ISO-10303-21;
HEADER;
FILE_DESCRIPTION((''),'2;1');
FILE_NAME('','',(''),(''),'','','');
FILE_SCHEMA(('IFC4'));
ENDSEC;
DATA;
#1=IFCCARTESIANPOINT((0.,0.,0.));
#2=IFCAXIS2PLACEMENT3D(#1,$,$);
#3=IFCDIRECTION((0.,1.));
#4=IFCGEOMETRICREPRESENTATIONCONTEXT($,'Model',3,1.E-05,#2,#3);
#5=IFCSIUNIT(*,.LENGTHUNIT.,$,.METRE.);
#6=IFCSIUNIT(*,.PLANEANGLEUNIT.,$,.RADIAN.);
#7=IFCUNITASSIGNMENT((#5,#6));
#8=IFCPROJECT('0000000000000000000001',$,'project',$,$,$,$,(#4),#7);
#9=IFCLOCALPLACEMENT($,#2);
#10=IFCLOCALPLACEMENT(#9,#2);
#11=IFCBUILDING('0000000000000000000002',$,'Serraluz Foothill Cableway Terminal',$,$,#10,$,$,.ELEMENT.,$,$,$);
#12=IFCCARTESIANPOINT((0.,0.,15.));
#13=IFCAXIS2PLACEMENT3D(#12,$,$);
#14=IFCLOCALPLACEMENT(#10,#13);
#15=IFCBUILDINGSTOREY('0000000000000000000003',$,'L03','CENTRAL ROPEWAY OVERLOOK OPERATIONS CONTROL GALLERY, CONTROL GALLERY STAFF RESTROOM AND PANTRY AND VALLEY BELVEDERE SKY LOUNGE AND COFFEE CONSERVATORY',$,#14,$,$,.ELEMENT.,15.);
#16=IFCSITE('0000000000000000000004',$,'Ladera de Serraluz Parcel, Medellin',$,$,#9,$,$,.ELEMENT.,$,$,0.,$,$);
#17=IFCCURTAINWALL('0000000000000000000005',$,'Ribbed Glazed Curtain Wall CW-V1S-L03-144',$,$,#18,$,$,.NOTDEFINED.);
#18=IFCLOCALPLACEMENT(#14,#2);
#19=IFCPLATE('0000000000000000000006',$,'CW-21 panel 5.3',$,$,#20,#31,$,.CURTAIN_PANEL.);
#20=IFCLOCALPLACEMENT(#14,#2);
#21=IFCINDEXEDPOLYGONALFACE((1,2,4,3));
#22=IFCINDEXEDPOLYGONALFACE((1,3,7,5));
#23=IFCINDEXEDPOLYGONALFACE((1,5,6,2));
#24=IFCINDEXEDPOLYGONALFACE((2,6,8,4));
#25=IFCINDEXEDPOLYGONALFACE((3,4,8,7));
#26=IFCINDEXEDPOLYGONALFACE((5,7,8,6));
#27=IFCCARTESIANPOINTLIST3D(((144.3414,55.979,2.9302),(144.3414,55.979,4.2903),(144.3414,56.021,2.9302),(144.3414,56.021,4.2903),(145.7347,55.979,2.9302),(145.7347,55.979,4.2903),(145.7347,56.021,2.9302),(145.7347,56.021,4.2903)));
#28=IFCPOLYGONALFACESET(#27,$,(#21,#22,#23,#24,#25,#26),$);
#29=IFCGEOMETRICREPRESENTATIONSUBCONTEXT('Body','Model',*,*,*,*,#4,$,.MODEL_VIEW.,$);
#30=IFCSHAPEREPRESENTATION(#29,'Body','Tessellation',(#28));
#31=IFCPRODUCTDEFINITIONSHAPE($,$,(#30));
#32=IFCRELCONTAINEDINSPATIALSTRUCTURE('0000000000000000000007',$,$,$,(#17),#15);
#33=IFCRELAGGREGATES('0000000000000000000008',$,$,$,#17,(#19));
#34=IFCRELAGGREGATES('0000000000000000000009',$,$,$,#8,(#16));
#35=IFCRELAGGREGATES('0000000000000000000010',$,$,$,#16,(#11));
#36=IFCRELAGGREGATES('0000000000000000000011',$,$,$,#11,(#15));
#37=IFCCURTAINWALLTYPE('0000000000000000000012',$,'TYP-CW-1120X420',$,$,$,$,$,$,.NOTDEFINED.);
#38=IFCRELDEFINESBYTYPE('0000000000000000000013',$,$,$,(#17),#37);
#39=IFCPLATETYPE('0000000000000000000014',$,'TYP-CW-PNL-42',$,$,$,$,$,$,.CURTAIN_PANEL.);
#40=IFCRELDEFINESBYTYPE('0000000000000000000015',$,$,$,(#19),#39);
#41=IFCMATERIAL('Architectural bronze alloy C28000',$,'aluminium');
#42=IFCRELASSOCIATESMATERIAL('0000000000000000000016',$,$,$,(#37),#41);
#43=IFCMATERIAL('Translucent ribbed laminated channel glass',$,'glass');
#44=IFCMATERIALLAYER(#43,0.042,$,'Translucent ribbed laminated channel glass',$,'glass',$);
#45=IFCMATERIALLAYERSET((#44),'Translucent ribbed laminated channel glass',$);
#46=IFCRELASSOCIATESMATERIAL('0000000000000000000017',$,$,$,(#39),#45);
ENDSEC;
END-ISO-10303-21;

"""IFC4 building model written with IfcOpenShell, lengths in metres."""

from ifc_helpers import new_model, si_unit, direction, frame, origin, origin_2d, place, context, subcontext, project, spatial, rectangle, extrude, material, layer, layer_set, type_object, element, aggregate, save


model = new_model("IFC4")

# Units and contexts
model_context = context("Model", 3, precision=1e-05, world=origin(), true_north=direction((0.0, 1.0)))
body_context = subcontext(model_context, "Body", "Model", "MODEL_VIEW")
ifc_project = project(units=[si_unit("LENGTHUNIT", "METRE"), si_unit("PLANEANGLEUNIT", "RADIAN")], contexts=[model_context])

# Site, building, storey
site_placement = place(None, origin())
site = spatial("IfcSite", under=ifc_project, at=site_placement, Name="Ladera de Serraluz Parcel, Medellin", CompositionType="ELEMENT", RefElevation=0.0)
building_placement = place(site_placement, origin())
building = spatial("IfcBuilding", under=site, at=building_placement, Name="Serraluz Foothill Cableway Terminal", CompositionType="ELEMENT")
storey_placement = place(building_placement, frame((0.0, 0.0, 15.0)))
storey = spatial("IfcBuildingStorey", under=building, at=storey_placement, Name="L03", Description="CENTRAL ROPEWAY OVERLOOK OPERATIONS CONTROL GALLERY, CONTROL GALLERY STAFF RESTROOM AND PANTRY AND VALLEY BELVEDERE SKY LOUNGE AND COFFEE CONSERVATORY", CompositionType="ELEMENT", Elevation=15.0)

# Curtain wall
ifc_material_1 = material(Name="Architectural bronze alloy C28000", Category="aluminium")
curtain_wall_type_1 = type_object("IfcCurtainWallType", Name="TYP-CW-1120X420", PredefinedType="NOTDEFINED", material=ifc_material_1)
curtain_wall_1_placement = place(storey_placement, origin())
curtain_wall_1 = element("IfcCurtainWall", 1, at=curtain_wall_1_placement, inside=storey, type_object=curtain_wall_type_1, Name="Ribbed Glazed Curtain Wall CW-V1S-L03-144", PredefinedType="NOTDEFINED")

# Plate
ifc_material_2 = material(Name="Translucent ribbed laminated channel glass", Category="glass")
ifc_layer = layer(ifc_material_2, 0.042, Name="Translucent ribbed laminated channel glass", Category="glass")
ifc_layer_set = layer_set([ifc_layer], Name="Translucent ribbed laminated channel glass")
plate_type = type_object("IfcPlateType", Name="TYP-CW-PNL-42", PredefinedType="CURTAIN_PANEL", material=ifc_layer_set)
plate_1_placement = place(storey_placement, frame((145.0381, 56.0, 2.9302), z_axis=(0.0, 0.0, 1.0), x_axis=(-1.0, 0.0, 0.0)))
plate_1 = element("IfcPlate", 2, at=plate_1_placement, type_object=plate_type, Name="CW-21 panel 5.3", PredefinedType="CURTAIN_PANEL", context=body_context, shape_type="SweptSolid", body=[
    extrude(rectangle(XDim=1.3933, YDim=0.042, at=origin_2d()), origin(), (0.0, 0.0, 1.0), 1.3601),
])
aggregate(curtain_wall_1, [plate_1])

save(model, "model.ifc")
